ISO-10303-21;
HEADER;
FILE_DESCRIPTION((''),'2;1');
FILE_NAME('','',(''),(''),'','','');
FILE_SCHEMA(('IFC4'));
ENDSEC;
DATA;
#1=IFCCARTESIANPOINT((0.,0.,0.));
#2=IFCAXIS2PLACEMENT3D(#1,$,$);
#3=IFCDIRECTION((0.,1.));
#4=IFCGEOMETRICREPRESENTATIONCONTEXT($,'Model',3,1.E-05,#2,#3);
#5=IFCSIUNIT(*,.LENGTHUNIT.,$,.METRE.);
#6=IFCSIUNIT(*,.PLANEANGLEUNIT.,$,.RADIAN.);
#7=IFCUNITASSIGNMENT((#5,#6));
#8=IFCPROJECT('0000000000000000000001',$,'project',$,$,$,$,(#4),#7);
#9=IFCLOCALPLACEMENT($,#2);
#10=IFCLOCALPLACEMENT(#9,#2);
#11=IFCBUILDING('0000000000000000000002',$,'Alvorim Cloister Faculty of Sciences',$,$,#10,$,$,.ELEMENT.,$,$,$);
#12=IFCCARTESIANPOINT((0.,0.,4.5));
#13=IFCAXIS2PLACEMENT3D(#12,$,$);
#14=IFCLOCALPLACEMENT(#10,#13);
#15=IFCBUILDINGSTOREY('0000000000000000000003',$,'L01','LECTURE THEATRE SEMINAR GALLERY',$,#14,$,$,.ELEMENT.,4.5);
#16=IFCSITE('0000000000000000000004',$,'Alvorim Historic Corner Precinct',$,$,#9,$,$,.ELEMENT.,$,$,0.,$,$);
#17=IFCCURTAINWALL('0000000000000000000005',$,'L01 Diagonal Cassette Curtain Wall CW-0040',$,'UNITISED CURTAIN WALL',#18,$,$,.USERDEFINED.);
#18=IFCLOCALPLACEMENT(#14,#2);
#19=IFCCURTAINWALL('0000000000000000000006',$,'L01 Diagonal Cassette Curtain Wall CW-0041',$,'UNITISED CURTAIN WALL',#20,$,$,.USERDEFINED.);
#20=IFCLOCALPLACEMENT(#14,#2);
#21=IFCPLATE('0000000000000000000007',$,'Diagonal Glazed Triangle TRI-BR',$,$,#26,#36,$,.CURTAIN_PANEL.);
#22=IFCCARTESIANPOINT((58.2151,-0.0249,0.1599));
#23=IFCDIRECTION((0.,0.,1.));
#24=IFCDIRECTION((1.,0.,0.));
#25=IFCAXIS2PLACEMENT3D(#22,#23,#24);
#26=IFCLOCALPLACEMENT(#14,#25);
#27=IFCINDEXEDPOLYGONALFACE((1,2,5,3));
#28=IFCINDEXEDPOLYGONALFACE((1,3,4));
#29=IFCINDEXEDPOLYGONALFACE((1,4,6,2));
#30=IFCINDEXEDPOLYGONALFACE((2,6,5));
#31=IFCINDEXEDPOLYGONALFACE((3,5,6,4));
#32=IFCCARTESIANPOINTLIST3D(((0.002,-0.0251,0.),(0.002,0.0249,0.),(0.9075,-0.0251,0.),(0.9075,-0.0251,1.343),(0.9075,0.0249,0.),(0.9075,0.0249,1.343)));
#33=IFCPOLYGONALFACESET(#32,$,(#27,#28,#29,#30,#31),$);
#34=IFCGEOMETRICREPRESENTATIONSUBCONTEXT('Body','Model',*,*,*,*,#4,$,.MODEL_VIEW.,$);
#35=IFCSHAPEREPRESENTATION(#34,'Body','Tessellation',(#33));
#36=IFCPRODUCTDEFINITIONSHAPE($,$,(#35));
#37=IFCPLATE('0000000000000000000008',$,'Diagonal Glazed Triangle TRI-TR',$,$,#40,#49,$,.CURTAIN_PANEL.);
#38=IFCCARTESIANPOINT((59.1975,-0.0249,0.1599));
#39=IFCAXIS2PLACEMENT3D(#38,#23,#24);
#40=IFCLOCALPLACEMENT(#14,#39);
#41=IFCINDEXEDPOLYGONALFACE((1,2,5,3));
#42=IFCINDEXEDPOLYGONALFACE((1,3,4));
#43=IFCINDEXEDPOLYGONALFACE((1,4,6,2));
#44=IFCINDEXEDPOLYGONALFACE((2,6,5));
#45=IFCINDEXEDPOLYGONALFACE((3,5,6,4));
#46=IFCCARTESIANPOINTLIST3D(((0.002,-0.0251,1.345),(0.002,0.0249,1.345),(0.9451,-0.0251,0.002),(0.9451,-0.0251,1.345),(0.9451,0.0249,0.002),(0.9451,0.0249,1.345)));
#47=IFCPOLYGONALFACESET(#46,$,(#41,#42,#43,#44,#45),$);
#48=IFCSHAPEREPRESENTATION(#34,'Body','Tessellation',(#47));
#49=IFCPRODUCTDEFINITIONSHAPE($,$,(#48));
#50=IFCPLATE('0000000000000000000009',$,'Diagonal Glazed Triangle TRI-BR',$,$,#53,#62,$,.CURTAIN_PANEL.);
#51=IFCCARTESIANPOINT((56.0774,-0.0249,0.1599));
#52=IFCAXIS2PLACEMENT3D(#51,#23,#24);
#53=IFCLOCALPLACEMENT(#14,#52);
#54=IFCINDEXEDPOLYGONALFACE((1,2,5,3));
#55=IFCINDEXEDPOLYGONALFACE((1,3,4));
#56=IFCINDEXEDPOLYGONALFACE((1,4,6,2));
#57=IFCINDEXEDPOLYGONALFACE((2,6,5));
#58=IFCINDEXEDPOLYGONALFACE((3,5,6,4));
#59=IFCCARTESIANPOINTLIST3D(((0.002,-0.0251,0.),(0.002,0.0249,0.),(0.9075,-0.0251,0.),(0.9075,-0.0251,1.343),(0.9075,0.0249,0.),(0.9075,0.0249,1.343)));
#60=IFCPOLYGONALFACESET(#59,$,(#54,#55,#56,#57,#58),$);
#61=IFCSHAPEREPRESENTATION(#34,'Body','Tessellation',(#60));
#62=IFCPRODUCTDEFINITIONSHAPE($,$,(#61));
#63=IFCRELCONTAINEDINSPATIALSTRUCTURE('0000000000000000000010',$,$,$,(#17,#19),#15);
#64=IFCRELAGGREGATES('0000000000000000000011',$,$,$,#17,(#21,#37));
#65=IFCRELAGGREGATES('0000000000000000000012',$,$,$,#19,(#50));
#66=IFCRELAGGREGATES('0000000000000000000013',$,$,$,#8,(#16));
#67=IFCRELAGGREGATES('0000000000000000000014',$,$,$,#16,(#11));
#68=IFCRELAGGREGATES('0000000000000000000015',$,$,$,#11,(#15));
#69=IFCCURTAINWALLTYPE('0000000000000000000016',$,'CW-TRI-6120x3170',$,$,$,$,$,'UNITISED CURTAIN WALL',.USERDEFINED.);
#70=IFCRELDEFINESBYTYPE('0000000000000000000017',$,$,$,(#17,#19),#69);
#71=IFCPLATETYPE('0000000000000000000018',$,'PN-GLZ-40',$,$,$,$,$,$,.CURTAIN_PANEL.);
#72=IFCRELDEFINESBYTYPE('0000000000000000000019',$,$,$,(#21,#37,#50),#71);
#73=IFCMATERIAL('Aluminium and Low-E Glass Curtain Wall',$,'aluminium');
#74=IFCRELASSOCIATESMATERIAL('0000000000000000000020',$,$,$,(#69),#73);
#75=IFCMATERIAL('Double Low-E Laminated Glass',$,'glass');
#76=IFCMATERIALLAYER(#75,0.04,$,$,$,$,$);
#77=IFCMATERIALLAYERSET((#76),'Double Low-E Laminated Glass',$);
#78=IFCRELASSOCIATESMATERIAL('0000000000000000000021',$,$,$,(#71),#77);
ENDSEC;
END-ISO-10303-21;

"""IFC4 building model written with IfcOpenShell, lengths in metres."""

from ifc_helpers import new_model, si_unit, direction, frame, origin, place, context, subcontext, project, spatial, polyline, outline, extrude, material, layer, layer_set, type_object, element, aggregate, save


model = new_model("IFC4")

# Units and contexts
model_context = context("Model", 3, precision=1e-05, world=origin(), true_north=direction((0.0, 1.0)))
body_context = subcontext(model_context, "Body", "Model", "MODEL_VIEW")
ifc_project = project(units=[si_unit("LENGTHUNIT", "METRE"), si_unit("PLANEANGLEUNIT", "RADIAN")], contexts=[model_context])

# Site, building, storey
site_placement = place(None, origin())
site = spatial("IfcSite", under=ifc_project, at=site_placement, Name="Alvorim Historic Corner Precinct", CompositionType="ELEMENT", RefElevation=0.0)
building_placement = place(site_placement, origin())
building = spatial("IfcBuilding", under=site, at=building_placement, Name="Alvorim Cloister Faculty of Sciences", CompositionType="ELEMENT")
storey_placement = place(building_placement, frame((0.0, 0.0, 4.5)))
storey = spatial("IfcBuildingStorey", under=building, at=storey_placement, Name="L01", Description="LECTURE THEATRE SEMINAR GALLERY", CompositionType="ELEMENT", Elevation=4.5)

# Curtain wall
ifc_material_1 = material(Name="Aluminium and Low-E Glass Curtain Wall", Category="aluminium")
curtain_wall_type = type_object("IfcCurtainWallType", Name="CW-TRI-6120x3170", ElementType="UNITISED CURTAIN WALL", PredefinedType="USERDEFINED", material=ifc_material_1)
curtain_wall_1_placement = place(storey_placement, origin())
curtain_wall_1 = element("IfcCurtainWall", 1, at=curtain_wall_1_placement, inside=storey, type_object=curtain_wall_type, Name="L01 Diagonal Cassette Curtain Wall CW-0040", ObjectType="UNITISED CURTAIN WALL", PredefinedType="USERDEFINED")

# Curtain wall
curtain_wall_2_placement = place(storey_placement, origin())
curtain_wall_2 = element("IfcCurtainWall", 2, at=curtain_wall_2_placement, inside=storey, type_object=curtain_wall_type, Name="L01 Diagonal Cassette Curtain Wall CW-0041", ObjectType="UNITISED CURTAIN WALL", PredefinedType="USERDEFINED")

# Plates
ifc_material_2 = material(Name="Double Low-E Laminated Glass", Category="glass")
ifc_layer_1 = layer(ifc_material_2, 0.04)
ifc_layer_set_1 = layer_set([ifc_layer_1], Name="Double Low-E Laminated Glass")
plate_type = type_object("IfcPlateType", Name="PN-GLZ-40", PredefinedType="CURTAIN_PANEL", material=ifc_layer_set_1)
plate_1_placement = place(storey_placement, frame((58.2151, -0.0249, 0.1599), z_axis=(0.0, 0.0, 1.0), x_axis=(1.0, 0.0, 0.0)))
plate_1 = element("IfcPlate", 3, at=plate_1_placement, type_object=plate_type, Name="Diagonal Glazed Triangle TRI-BR", PredefinedType="CURTAIN_PANEL", context=body_context, shape_type="SweptSolid", body=[
    extrude(outline(polyline([(0.002, 0.0), (0.9075, 0.0), (0.9075, 1.343), (0.002, 0.0)])), frame((0.0, 0.0249, 0.0), z_axis=(0.0, -1.0, 0.0), x_axis=(1.0, 0.0, 0.0)), (0.0, 0.0, 1.0), 0.05),
])
plate_2_placement = place(storey_placement, frame((59.1975, -0.0249, 0.1599), z_axis=(0.0, 0.0, 1.0), x_axis=(1.0, 0.0, 0.0)))
plate_2 = element("IfcPlate", 4, at=plate_2_placement, type_object=plate_type, Name="Diagonal Glazed Triangle TRI-TR", PredefinedType="CURTAIN_PANEL", context=body_context, shape_type="SweptSolid", body=[
    extrude(outline(polyline([(0.9451, 0.002), (0.9451, 1.345), (0.002, 1.345), (0.9451, 0.002)])), frame((0.0, 0.0249, 0.0), z_axis=(0.0, -1.0, 0.0), x_axis=(1.0, 0.0, 0.0)), (0.0, 0.0, 1.0), 0.05),
])
aggregate(curtain_wall_1, [plate_1, plate_2])
plate_3_placement = place(storey_placement, frame((56.0774, -0.0249, 0.1599), z_axis=(0.0, 0.0, 1.0), x_axis=(1.0, 0.0, 0.0)))
plate_3 = element("IfcPlate", 5, at=plate_3_placement, type_object=plate_type, Name="Diagonal Glazed Triangle TRI-BR", PredefinedType="CURTAIN_PANEL", context=body_context, shape_type="SweptSolid", body=[
    extrude(outline(polyline([(0.002, 0.0), (0.9075, 0.0), (0.9075, 1.343), (0.002, 0.0)])), frame((0.0, 0.0249, 0.0), z_axis=(0.0, -1.0, 0.0), x_axis=(1.0, 0.0, 0.0)), (0.0, 0.0, 1.0), 0.05),
])
aggregate(curtain_wall_2, [plate_3])

save(model, "model.ifc")
